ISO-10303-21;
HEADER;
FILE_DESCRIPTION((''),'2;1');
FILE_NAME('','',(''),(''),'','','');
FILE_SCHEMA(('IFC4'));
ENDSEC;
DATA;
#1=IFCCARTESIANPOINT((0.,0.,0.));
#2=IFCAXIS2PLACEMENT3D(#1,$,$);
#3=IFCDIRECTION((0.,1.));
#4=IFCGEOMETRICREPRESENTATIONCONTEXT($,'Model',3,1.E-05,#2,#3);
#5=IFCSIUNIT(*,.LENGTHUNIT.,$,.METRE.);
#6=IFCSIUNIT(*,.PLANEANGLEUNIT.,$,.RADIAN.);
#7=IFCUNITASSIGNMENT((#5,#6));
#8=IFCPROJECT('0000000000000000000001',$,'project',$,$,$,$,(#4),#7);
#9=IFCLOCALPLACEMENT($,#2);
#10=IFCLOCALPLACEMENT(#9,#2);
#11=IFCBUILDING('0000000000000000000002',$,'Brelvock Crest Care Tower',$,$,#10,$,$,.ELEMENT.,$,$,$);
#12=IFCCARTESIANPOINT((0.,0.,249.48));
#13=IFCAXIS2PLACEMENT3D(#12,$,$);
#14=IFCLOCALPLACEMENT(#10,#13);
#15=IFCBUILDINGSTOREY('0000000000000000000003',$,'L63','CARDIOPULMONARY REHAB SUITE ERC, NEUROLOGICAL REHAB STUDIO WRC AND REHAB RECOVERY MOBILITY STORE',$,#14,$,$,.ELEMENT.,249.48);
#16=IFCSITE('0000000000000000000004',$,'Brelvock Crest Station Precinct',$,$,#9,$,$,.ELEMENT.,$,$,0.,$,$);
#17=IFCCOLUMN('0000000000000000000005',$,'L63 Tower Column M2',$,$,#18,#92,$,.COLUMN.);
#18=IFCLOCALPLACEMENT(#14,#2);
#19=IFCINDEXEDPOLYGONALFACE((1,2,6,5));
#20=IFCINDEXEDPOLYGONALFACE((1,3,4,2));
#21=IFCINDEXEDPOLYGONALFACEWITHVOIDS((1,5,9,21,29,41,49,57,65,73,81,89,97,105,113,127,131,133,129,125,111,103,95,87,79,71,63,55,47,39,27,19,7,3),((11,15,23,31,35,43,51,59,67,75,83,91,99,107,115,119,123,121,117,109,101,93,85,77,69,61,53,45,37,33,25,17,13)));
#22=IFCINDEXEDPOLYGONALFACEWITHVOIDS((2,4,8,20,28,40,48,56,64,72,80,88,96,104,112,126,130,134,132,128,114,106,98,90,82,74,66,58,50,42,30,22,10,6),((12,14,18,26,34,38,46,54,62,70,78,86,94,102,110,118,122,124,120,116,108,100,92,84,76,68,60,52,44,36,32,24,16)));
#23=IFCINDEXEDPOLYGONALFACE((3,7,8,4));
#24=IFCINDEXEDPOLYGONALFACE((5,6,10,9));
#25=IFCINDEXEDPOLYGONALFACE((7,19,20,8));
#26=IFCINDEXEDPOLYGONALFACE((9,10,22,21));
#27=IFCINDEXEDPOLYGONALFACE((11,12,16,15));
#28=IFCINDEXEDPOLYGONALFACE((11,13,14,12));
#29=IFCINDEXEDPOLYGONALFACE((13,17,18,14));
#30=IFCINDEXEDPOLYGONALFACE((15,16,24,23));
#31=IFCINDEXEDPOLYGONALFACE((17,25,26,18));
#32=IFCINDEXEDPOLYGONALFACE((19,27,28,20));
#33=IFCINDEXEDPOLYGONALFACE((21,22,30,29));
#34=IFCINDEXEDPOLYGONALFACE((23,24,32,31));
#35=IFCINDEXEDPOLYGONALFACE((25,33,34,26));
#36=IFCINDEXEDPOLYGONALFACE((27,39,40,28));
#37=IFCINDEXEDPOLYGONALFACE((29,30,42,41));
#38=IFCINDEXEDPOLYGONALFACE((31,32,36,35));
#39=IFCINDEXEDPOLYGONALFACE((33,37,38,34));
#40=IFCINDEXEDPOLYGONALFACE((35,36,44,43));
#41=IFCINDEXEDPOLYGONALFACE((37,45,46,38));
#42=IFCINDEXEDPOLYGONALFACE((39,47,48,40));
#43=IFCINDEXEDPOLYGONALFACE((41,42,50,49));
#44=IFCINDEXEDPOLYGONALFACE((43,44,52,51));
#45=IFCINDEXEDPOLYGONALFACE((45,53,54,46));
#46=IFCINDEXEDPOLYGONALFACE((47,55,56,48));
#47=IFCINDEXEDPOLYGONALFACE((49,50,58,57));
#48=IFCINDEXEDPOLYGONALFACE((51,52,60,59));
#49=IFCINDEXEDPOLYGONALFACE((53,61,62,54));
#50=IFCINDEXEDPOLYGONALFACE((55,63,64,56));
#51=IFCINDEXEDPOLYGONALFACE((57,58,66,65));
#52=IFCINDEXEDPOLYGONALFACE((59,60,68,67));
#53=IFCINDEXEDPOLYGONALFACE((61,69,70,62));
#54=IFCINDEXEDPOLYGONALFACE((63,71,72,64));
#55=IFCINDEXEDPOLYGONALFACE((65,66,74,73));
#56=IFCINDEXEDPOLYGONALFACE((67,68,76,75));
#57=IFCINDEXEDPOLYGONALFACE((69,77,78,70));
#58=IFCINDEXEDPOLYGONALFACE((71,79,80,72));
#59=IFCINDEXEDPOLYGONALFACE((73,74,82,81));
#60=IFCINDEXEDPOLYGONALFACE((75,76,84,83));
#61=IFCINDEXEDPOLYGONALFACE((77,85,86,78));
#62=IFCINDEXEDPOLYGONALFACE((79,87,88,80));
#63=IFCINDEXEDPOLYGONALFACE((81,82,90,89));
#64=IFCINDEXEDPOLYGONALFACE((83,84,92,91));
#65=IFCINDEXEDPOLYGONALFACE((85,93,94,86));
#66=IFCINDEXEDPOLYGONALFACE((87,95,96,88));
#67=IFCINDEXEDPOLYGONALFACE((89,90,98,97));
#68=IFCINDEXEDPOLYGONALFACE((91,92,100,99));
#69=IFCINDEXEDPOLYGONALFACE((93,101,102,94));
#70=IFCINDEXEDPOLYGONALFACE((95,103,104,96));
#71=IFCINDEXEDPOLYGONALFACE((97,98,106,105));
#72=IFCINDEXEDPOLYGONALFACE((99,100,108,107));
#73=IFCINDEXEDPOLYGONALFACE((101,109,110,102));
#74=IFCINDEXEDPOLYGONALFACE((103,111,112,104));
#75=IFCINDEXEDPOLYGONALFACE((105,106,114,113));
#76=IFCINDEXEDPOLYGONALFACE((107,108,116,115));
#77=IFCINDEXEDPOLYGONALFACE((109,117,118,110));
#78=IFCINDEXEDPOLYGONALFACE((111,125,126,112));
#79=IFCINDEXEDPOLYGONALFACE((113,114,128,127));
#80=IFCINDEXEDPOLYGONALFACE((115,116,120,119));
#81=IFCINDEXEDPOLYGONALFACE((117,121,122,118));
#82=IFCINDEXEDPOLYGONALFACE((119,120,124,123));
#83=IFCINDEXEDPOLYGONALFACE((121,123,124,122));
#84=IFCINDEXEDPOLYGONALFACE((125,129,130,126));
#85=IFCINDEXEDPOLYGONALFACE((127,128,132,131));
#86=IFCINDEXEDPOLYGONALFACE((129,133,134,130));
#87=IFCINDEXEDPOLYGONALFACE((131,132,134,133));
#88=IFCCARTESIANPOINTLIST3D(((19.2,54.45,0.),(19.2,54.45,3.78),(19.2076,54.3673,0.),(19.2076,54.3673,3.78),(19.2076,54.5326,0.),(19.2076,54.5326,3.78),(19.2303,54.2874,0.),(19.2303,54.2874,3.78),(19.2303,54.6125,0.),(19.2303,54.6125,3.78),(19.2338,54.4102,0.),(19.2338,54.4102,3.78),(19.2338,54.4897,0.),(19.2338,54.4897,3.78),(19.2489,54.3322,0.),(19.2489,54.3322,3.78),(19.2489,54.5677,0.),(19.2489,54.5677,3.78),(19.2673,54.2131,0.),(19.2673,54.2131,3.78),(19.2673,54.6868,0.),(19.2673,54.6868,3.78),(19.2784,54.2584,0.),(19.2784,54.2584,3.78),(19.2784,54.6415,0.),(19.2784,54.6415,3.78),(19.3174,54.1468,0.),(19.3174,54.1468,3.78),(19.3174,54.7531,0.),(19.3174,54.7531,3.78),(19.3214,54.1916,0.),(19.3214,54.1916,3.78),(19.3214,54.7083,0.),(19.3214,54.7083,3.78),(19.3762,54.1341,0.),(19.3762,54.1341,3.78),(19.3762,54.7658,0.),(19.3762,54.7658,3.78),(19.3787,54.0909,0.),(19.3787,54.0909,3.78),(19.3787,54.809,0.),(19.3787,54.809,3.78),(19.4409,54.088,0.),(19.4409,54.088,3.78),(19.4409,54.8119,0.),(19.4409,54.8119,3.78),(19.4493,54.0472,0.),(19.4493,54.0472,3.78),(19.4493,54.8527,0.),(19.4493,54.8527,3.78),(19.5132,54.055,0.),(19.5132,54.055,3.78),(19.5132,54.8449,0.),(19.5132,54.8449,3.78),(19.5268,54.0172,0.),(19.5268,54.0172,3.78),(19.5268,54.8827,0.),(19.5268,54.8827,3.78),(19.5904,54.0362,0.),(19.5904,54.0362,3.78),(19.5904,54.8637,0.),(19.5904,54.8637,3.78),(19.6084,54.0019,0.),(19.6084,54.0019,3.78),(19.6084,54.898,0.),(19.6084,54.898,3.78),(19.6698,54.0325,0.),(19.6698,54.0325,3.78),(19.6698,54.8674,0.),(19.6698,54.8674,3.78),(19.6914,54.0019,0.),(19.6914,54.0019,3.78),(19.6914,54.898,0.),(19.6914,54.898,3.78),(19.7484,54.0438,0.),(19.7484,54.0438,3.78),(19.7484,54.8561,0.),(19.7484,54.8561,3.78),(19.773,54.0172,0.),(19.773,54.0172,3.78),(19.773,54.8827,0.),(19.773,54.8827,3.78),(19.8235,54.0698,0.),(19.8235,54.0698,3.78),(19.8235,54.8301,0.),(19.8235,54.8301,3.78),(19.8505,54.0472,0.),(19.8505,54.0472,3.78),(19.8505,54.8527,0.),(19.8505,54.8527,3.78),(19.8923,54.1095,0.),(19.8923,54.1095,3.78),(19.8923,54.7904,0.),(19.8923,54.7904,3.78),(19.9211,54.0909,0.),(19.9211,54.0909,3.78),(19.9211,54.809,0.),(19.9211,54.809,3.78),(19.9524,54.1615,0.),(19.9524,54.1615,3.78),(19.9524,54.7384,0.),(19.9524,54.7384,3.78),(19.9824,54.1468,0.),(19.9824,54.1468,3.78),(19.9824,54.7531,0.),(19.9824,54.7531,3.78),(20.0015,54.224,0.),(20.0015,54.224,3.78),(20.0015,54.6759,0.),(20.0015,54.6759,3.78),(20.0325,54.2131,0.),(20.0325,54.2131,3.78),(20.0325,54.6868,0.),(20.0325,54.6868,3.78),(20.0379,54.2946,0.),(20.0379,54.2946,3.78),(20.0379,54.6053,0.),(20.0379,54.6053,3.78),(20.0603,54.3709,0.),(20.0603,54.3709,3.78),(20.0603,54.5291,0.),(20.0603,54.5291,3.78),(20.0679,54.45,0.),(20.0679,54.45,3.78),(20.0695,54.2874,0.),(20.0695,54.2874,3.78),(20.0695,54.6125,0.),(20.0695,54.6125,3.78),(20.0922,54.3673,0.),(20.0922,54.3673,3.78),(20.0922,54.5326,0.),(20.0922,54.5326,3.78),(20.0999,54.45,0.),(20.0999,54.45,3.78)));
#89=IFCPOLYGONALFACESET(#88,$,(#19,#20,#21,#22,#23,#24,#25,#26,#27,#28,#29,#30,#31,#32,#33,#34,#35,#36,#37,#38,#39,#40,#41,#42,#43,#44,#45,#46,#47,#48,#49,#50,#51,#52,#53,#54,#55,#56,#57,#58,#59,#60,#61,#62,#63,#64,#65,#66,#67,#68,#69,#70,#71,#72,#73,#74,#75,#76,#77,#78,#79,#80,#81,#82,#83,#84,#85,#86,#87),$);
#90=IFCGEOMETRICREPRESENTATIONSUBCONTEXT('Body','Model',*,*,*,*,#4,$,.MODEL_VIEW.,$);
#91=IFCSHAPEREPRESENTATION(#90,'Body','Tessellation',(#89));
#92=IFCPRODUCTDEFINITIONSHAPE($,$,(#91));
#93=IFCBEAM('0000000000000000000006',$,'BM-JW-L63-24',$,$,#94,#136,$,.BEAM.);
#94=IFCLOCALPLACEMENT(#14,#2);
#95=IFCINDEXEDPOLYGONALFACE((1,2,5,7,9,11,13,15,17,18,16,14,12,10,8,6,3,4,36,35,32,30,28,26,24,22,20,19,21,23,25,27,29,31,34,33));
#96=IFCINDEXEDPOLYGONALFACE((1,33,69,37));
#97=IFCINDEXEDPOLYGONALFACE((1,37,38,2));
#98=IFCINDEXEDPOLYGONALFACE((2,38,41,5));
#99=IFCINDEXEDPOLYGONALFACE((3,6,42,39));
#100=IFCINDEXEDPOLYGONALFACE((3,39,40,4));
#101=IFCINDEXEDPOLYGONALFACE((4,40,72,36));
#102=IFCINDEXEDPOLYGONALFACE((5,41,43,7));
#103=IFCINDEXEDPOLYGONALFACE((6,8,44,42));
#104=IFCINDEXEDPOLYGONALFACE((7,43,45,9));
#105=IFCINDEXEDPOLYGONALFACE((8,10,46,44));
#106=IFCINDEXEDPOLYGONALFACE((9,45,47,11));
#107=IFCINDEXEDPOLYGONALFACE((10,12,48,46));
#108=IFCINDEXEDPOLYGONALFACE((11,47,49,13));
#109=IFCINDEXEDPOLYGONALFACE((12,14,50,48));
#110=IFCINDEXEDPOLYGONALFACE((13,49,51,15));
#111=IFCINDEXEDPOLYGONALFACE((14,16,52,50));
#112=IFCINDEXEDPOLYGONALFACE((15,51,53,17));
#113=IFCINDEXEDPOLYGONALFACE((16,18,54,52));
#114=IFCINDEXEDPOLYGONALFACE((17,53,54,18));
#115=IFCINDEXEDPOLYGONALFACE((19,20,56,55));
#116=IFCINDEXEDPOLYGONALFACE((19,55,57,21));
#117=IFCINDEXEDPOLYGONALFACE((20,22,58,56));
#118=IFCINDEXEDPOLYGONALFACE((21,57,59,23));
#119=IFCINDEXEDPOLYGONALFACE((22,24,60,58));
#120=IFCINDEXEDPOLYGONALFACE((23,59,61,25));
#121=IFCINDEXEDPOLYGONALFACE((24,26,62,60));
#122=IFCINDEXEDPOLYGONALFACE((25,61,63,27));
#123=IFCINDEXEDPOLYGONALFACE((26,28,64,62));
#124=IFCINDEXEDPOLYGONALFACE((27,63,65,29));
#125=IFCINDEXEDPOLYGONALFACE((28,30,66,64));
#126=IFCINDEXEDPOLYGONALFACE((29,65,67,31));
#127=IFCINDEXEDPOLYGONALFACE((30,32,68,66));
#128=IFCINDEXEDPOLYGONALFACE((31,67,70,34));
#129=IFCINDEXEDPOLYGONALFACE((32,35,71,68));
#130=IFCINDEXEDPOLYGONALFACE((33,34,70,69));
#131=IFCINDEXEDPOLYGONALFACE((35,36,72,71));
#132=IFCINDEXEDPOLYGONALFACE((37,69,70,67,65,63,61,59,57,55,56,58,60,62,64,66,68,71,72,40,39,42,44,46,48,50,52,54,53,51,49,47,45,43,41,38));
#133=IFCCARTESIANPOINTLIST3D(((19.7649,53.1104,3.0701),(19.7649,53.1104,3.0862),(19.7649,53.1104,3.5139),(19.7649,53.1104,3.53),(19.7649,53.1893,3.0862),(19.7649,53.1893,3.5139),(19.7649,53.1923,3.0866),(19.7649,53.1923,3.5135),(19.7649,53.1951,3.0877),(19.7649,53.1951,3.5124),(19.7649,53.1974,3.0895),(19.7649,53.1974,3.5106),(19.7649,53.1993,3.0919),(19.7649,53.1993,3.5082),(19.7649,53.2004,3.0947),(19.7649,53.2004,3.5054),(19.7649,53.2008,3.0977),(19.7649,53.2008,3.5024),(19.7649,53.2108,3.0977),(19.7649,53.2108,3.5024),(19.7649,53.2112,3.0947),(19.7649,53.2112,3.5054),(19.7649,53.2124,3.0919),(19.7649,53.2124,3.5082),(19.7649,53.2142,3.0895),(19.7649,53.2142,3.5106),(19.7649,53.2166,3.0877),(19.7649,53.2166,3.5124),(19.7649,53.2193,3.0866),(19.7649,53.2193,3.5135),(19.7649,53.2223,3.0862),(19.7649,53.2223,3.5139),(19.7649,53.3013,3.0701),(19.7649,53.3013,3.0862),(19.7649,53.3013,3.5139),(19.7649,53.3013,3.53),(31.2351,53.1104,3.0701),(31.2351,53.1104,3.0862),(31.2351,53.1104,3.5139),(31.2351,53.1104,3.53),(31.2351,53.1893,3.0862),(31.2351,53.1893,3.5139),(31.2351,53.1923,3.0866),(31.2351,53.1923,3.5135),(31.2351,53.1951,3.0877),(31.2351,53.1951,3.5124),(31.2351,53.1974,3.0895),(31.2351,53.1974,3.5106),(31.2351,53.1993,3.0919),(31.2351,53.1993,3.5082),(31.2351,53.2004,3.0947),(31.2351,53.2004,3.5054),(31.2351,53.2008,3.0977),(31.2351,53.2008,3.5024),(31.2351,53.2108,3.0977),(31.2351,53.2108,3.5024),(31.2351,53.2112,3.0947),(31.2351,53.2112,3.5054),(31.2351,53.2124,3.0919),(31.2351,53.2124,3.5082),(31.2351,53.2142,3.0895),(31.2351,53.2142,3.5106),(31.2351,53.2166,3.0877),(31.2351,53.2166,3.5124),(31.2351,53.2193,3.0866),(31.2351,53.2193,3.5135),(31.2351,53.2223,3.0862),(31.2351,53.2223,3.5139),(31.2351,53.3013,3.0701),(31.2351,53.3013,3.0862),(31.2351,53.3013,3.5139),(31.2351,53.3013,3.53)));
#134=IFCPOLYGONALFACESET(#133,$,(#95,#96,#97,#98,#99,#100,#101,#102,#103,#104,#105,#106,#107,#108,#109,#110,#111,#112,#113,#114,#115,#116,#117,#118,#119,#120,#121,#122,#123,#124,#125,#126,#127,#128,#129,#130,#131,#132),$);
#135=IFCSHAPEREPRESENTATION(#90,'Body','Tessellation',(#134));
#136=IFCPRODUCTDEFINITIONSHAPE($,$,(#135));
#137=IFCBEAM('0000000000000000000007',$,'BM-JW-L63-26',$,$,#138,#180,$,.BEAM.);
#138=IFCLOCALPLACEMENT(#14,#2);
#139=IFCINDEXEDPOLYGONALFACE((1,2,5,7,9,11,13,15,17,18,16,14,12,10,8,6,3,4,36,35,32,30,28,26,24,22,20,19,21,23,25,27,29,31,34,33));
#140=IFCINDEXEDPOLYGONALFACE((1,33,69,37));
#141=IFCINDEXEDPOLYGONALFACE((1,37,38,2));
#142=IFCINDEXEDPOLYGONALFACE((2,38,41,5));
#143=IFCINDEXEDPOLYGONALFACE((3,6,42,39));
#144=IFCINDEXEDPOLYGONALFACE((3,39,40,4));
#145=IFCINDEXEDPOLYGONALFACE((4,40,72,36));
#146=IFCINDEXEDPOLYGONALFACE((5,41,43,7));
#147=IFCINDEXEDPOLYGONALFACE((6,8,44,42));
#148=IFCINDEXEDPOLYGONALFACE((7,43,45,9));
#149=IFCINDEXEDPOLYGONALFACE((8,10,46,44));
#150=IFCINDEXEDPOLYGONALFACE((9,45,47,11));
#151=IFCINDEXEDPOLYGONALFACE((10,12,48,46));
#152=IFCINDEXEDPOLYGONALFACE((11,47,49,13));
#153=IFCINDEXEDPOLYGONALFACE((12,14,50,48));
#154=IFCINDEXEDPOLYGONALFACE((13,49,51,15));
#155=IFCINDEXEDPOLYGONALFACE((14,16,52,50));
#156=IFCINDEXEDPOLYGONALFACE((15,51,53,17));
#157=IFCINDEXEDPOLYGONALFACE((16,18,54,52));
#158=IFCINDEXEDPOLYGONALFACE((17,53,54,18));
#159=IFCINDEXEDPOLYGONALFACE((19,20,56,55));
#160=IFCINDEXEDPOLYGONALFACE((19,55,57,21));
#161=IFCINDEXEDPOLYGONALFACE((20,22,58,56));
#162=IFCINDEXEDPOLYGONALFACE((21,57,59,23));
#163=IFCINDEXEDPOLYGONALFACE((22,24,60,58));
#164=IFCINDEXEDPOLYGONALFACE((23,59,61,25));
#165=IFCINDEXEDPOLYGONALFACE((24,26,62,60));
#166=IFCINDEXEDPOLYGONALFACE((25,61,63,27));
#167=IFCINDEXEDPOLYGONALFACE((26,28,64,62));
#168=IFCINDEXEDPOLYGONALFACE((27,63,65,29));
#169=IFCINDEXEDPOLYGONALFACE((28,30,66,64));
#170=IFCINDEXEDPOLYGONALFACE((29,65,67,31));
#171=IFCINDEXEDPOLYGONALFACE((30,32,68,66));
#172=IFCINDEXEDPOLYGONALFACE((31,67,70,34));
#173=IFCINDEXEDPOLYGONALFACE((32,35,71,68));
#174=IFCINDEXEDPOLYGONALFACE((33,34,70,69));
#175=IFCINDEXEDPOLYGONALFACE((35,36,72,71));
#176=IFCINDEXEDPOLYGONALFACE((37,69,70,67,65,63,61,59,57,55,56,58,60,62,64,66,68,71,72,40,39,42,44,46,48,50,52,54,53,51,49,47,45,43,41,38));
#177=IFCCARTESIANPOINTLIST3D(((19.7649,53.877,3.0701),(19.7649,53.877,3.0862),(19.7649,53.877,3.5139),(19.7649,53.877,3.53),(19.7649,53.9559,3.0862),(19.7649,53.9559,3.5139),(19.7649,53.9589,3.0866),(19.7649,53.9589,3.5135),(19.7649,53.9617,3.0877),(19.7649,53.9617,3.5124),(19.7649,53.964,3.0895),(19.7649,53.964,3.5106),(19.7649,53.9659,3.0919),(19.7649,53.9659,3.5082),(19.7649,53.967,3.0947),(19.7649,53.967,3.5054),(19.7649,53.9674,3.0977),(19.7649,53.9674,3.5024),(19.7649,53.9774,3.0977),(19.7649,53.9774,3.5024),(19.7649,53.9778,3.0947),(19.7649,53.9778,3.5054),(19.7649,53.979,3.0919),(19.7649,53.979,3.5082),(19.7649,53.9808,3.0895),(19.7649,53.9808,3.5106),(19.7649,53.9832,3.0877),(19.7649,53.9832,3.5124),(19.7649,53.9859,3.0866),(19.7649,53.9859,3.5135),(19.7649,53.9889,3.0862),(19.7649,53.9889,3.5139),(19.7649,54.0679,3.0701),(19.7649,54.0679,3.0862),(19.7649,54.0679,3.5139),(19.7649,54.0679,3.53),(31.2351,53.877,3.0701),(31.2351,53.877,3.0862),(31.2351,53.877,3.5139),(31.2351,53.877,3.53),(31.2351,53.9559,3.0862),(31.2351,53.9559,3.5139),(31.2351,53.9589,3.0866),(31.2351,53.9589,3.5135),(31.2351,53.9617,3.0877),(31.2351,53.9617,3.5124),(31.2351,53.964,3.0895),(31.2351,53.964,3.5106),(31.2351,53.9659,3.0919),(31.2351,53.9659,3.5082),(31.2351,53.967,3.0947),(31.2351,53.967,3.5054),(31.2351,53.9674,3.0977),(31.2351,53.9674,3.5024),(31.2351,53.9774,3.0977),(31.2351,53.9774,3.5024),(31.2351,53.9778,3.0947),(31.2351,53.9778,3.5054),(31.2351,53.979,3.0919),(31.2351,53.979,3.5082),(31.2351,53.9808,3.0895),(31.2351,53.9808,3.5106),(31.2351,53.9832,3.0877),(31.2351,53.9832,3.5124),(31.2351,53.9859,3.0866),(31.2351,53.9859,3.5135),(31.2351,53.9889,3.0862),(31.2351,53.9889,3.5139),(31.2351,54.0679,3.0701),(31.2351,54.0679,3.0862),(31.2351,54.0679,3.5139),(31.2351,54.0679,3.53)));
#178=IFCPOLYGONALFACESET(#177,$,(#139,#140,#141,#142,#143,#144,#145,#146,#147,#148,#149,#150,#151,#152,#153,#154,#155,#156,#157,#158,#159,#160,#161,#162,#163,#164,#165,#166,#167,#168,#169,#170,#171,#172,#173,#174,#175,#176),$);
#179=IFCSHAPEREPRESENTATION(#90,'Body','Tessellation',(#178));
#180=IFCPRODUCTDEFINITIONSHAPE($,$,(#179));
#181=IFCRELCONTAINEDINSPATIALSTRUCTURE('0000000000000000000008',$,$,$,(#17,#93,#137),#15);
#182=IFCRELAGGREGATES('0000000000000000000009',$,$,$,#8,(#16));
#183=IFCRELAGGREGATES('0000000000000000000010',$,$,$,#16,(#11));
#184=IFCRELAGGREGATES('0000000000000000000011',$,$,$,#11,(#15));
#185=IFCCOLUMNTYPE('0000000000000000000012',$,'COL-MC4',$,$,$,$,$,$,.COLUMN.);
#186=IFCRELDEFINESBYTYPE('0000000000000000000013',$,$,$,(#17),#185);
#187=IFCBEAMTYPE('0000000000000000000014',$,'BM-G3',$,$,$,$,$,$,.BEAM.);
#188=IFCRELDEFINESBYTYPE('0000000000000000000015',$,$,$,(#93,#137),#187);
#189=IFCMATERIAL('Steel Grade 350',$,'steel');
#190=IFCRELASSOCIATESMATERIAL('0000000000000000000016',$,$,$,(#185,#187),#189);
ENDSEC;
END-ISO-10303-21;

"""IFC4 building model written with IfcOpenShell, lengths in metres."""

from ifc_helpers import new_model, si_unit, direction, frame, origin, origin_2d, place, context, subcontext, project, spatial, hollow_circle, i_section, extrude, source, transform, mapped, material, material_profile, profile_set, type_object, element, save


model = new_model("IFC4")

# Units and contexts
model_context = context("Model", 3, precision=1e-05, world=origin(), true_north=direction((0.0, 1.0)))
body_context = subcontext(model_context, "Body", "Model", "MODEL_VIEW")
ifc_project = project(units=[si_unit("LENGTHUNIT", "METRE"), si_unit("PLANEANGLEUNIT", "RADIAN")], contexts=[model_context])

# Site, building, storey
site_placement = place(None, origin())
site = spatial("IfcSite", under=ifc_project, at=site_placement, Name="Brelvock Crest Station Precinct", CompositionType="ELEMENT", RefElevation=0.0)
building_placement = place(site_placement, origin())
building = spatial("IfcBuilding", under=site, at=building_placement, Name="Brelvock Crest Care Tower", CompositionType="ELEMENT")
storey_placement = place(building_placement, frame((0.0, 0.0, 249.48)))
storey = spatial("IfcBuildingStorey", under=building, at=storey_placement, Name="L63", Description="CARDIOPULMONARY REHAB SUITE ERC, NEUROLOGICAL REHAB STUDIO WRC AND REHAB RECOVERY MOBILITY STORE", CompositionType="ELEMENT", Elevation=249.48)

# Column
ifc_material_1 = material(Name="Steel Grade 350", Category="steel")
ifc_material_profile_1 = material_profile(ifc_material_1, hollow_circle(Radius=0.45, WallThickness=0.032, at=origin_2d()), Name="CFT900x32")
ifc_profile_set_1 = profile_set([ifc_material_profile_1], Name="Steel Grade 350")
column_type = type_object("IfcColumnType", Name="COL-MC4", PredefinedType="COLUMN", material=ifc_profile_set_1)
shared_shape_1 = source(origin(), body_context, "Body", "SweptSolid", [
    extrude(hollow_circle(Radius=0.45, WallThickness=0.032, at=origin_2d()), origin(), (0.0, 0.0, 1.0), 3.78),
])
column_placement = place(storey_placement, frame((19.6499, 54.45, 0.0), z_axis=(0.0, 0.0, 1.0), x_axis=(1.0, 0.0, 0.0)))
element("IfcColumn", 1, at=column_placement, inside=storey, type_object=column_type, Name="L63 Tower Column M2", PredefinedType="COLUMN", context=body_context, shape_type="MappedRepresentation", body=[
    mapped(shared_shape_1, transform((0.0, 0.0, 0.0), x_axis=(1.0, 0.0, 0.0), y_axis=(0.0, 1.0, 0.0), z_axis=(0.0, 0.0, 1.0), scale=1.0)),
])

# Beams
ifc_material_profile_2 = material_profile(ifc_material_1, i_section(OverallWidth=0.1909, OverallDepth=0.46, WebThickness=0.01, FlangeThickness=0.0161, FilletRadius=0.0115, at=origin_2d()), Name="460UB82.1")
ifc_profile_set_2 = profile_set([ifc_material_profile_2], Name="Steel Grade 350")
beam_type_1 = type_object("IfcBeamType", Name="BM-G3", PredefinedType="BEAM", material=ifc_profile_set_2)
shared_shape_2 = source(origin(), body_context, "Body", "SweptSolid", [
    extrude(i_section(OverallWidth=0.1909, OverallDepth=0.46, WebThickness=0.01, FlangeThickness=0.0161, FilletRadius=0.0115, at=origin_2d()), origin(), (0.0, 0.0, 1.0), 11.4702),
])
for number, where, z_axis, x_axis, name in (
    (2, (19.7649, 53.2058, 3.3), (1.0, 0.0, 0.0), (0.0, 1.0, 0.0), "BM-JW-L63-24"),
    (3, (19.7649, 53.9724, 3.3), (1.0, 0.0, 0.0), (0.0, 1.0, 0.0), "BM-JW-L63-26"),
):
    element("IfcBeam", number, at=place(storey_placement, frame(where, z_axis=z_axis, x_axis=x_axis)), inside=storey, type_object=beam_type_1, Name=name, PredefinedType="BEAM", context=body_context, shape_type="MappedRepresentation", body=[
        mapped(shared_shape_2, transform((0.0, 0.0, 0.0), x_axis=(1.0, 0.0, 0.0), y_axis=(0.0, 1.0, 0.0), z_axis=(0.0, 0.0, 1.0), scale=1.0)),
    ])

save(model, "model.ifc")
